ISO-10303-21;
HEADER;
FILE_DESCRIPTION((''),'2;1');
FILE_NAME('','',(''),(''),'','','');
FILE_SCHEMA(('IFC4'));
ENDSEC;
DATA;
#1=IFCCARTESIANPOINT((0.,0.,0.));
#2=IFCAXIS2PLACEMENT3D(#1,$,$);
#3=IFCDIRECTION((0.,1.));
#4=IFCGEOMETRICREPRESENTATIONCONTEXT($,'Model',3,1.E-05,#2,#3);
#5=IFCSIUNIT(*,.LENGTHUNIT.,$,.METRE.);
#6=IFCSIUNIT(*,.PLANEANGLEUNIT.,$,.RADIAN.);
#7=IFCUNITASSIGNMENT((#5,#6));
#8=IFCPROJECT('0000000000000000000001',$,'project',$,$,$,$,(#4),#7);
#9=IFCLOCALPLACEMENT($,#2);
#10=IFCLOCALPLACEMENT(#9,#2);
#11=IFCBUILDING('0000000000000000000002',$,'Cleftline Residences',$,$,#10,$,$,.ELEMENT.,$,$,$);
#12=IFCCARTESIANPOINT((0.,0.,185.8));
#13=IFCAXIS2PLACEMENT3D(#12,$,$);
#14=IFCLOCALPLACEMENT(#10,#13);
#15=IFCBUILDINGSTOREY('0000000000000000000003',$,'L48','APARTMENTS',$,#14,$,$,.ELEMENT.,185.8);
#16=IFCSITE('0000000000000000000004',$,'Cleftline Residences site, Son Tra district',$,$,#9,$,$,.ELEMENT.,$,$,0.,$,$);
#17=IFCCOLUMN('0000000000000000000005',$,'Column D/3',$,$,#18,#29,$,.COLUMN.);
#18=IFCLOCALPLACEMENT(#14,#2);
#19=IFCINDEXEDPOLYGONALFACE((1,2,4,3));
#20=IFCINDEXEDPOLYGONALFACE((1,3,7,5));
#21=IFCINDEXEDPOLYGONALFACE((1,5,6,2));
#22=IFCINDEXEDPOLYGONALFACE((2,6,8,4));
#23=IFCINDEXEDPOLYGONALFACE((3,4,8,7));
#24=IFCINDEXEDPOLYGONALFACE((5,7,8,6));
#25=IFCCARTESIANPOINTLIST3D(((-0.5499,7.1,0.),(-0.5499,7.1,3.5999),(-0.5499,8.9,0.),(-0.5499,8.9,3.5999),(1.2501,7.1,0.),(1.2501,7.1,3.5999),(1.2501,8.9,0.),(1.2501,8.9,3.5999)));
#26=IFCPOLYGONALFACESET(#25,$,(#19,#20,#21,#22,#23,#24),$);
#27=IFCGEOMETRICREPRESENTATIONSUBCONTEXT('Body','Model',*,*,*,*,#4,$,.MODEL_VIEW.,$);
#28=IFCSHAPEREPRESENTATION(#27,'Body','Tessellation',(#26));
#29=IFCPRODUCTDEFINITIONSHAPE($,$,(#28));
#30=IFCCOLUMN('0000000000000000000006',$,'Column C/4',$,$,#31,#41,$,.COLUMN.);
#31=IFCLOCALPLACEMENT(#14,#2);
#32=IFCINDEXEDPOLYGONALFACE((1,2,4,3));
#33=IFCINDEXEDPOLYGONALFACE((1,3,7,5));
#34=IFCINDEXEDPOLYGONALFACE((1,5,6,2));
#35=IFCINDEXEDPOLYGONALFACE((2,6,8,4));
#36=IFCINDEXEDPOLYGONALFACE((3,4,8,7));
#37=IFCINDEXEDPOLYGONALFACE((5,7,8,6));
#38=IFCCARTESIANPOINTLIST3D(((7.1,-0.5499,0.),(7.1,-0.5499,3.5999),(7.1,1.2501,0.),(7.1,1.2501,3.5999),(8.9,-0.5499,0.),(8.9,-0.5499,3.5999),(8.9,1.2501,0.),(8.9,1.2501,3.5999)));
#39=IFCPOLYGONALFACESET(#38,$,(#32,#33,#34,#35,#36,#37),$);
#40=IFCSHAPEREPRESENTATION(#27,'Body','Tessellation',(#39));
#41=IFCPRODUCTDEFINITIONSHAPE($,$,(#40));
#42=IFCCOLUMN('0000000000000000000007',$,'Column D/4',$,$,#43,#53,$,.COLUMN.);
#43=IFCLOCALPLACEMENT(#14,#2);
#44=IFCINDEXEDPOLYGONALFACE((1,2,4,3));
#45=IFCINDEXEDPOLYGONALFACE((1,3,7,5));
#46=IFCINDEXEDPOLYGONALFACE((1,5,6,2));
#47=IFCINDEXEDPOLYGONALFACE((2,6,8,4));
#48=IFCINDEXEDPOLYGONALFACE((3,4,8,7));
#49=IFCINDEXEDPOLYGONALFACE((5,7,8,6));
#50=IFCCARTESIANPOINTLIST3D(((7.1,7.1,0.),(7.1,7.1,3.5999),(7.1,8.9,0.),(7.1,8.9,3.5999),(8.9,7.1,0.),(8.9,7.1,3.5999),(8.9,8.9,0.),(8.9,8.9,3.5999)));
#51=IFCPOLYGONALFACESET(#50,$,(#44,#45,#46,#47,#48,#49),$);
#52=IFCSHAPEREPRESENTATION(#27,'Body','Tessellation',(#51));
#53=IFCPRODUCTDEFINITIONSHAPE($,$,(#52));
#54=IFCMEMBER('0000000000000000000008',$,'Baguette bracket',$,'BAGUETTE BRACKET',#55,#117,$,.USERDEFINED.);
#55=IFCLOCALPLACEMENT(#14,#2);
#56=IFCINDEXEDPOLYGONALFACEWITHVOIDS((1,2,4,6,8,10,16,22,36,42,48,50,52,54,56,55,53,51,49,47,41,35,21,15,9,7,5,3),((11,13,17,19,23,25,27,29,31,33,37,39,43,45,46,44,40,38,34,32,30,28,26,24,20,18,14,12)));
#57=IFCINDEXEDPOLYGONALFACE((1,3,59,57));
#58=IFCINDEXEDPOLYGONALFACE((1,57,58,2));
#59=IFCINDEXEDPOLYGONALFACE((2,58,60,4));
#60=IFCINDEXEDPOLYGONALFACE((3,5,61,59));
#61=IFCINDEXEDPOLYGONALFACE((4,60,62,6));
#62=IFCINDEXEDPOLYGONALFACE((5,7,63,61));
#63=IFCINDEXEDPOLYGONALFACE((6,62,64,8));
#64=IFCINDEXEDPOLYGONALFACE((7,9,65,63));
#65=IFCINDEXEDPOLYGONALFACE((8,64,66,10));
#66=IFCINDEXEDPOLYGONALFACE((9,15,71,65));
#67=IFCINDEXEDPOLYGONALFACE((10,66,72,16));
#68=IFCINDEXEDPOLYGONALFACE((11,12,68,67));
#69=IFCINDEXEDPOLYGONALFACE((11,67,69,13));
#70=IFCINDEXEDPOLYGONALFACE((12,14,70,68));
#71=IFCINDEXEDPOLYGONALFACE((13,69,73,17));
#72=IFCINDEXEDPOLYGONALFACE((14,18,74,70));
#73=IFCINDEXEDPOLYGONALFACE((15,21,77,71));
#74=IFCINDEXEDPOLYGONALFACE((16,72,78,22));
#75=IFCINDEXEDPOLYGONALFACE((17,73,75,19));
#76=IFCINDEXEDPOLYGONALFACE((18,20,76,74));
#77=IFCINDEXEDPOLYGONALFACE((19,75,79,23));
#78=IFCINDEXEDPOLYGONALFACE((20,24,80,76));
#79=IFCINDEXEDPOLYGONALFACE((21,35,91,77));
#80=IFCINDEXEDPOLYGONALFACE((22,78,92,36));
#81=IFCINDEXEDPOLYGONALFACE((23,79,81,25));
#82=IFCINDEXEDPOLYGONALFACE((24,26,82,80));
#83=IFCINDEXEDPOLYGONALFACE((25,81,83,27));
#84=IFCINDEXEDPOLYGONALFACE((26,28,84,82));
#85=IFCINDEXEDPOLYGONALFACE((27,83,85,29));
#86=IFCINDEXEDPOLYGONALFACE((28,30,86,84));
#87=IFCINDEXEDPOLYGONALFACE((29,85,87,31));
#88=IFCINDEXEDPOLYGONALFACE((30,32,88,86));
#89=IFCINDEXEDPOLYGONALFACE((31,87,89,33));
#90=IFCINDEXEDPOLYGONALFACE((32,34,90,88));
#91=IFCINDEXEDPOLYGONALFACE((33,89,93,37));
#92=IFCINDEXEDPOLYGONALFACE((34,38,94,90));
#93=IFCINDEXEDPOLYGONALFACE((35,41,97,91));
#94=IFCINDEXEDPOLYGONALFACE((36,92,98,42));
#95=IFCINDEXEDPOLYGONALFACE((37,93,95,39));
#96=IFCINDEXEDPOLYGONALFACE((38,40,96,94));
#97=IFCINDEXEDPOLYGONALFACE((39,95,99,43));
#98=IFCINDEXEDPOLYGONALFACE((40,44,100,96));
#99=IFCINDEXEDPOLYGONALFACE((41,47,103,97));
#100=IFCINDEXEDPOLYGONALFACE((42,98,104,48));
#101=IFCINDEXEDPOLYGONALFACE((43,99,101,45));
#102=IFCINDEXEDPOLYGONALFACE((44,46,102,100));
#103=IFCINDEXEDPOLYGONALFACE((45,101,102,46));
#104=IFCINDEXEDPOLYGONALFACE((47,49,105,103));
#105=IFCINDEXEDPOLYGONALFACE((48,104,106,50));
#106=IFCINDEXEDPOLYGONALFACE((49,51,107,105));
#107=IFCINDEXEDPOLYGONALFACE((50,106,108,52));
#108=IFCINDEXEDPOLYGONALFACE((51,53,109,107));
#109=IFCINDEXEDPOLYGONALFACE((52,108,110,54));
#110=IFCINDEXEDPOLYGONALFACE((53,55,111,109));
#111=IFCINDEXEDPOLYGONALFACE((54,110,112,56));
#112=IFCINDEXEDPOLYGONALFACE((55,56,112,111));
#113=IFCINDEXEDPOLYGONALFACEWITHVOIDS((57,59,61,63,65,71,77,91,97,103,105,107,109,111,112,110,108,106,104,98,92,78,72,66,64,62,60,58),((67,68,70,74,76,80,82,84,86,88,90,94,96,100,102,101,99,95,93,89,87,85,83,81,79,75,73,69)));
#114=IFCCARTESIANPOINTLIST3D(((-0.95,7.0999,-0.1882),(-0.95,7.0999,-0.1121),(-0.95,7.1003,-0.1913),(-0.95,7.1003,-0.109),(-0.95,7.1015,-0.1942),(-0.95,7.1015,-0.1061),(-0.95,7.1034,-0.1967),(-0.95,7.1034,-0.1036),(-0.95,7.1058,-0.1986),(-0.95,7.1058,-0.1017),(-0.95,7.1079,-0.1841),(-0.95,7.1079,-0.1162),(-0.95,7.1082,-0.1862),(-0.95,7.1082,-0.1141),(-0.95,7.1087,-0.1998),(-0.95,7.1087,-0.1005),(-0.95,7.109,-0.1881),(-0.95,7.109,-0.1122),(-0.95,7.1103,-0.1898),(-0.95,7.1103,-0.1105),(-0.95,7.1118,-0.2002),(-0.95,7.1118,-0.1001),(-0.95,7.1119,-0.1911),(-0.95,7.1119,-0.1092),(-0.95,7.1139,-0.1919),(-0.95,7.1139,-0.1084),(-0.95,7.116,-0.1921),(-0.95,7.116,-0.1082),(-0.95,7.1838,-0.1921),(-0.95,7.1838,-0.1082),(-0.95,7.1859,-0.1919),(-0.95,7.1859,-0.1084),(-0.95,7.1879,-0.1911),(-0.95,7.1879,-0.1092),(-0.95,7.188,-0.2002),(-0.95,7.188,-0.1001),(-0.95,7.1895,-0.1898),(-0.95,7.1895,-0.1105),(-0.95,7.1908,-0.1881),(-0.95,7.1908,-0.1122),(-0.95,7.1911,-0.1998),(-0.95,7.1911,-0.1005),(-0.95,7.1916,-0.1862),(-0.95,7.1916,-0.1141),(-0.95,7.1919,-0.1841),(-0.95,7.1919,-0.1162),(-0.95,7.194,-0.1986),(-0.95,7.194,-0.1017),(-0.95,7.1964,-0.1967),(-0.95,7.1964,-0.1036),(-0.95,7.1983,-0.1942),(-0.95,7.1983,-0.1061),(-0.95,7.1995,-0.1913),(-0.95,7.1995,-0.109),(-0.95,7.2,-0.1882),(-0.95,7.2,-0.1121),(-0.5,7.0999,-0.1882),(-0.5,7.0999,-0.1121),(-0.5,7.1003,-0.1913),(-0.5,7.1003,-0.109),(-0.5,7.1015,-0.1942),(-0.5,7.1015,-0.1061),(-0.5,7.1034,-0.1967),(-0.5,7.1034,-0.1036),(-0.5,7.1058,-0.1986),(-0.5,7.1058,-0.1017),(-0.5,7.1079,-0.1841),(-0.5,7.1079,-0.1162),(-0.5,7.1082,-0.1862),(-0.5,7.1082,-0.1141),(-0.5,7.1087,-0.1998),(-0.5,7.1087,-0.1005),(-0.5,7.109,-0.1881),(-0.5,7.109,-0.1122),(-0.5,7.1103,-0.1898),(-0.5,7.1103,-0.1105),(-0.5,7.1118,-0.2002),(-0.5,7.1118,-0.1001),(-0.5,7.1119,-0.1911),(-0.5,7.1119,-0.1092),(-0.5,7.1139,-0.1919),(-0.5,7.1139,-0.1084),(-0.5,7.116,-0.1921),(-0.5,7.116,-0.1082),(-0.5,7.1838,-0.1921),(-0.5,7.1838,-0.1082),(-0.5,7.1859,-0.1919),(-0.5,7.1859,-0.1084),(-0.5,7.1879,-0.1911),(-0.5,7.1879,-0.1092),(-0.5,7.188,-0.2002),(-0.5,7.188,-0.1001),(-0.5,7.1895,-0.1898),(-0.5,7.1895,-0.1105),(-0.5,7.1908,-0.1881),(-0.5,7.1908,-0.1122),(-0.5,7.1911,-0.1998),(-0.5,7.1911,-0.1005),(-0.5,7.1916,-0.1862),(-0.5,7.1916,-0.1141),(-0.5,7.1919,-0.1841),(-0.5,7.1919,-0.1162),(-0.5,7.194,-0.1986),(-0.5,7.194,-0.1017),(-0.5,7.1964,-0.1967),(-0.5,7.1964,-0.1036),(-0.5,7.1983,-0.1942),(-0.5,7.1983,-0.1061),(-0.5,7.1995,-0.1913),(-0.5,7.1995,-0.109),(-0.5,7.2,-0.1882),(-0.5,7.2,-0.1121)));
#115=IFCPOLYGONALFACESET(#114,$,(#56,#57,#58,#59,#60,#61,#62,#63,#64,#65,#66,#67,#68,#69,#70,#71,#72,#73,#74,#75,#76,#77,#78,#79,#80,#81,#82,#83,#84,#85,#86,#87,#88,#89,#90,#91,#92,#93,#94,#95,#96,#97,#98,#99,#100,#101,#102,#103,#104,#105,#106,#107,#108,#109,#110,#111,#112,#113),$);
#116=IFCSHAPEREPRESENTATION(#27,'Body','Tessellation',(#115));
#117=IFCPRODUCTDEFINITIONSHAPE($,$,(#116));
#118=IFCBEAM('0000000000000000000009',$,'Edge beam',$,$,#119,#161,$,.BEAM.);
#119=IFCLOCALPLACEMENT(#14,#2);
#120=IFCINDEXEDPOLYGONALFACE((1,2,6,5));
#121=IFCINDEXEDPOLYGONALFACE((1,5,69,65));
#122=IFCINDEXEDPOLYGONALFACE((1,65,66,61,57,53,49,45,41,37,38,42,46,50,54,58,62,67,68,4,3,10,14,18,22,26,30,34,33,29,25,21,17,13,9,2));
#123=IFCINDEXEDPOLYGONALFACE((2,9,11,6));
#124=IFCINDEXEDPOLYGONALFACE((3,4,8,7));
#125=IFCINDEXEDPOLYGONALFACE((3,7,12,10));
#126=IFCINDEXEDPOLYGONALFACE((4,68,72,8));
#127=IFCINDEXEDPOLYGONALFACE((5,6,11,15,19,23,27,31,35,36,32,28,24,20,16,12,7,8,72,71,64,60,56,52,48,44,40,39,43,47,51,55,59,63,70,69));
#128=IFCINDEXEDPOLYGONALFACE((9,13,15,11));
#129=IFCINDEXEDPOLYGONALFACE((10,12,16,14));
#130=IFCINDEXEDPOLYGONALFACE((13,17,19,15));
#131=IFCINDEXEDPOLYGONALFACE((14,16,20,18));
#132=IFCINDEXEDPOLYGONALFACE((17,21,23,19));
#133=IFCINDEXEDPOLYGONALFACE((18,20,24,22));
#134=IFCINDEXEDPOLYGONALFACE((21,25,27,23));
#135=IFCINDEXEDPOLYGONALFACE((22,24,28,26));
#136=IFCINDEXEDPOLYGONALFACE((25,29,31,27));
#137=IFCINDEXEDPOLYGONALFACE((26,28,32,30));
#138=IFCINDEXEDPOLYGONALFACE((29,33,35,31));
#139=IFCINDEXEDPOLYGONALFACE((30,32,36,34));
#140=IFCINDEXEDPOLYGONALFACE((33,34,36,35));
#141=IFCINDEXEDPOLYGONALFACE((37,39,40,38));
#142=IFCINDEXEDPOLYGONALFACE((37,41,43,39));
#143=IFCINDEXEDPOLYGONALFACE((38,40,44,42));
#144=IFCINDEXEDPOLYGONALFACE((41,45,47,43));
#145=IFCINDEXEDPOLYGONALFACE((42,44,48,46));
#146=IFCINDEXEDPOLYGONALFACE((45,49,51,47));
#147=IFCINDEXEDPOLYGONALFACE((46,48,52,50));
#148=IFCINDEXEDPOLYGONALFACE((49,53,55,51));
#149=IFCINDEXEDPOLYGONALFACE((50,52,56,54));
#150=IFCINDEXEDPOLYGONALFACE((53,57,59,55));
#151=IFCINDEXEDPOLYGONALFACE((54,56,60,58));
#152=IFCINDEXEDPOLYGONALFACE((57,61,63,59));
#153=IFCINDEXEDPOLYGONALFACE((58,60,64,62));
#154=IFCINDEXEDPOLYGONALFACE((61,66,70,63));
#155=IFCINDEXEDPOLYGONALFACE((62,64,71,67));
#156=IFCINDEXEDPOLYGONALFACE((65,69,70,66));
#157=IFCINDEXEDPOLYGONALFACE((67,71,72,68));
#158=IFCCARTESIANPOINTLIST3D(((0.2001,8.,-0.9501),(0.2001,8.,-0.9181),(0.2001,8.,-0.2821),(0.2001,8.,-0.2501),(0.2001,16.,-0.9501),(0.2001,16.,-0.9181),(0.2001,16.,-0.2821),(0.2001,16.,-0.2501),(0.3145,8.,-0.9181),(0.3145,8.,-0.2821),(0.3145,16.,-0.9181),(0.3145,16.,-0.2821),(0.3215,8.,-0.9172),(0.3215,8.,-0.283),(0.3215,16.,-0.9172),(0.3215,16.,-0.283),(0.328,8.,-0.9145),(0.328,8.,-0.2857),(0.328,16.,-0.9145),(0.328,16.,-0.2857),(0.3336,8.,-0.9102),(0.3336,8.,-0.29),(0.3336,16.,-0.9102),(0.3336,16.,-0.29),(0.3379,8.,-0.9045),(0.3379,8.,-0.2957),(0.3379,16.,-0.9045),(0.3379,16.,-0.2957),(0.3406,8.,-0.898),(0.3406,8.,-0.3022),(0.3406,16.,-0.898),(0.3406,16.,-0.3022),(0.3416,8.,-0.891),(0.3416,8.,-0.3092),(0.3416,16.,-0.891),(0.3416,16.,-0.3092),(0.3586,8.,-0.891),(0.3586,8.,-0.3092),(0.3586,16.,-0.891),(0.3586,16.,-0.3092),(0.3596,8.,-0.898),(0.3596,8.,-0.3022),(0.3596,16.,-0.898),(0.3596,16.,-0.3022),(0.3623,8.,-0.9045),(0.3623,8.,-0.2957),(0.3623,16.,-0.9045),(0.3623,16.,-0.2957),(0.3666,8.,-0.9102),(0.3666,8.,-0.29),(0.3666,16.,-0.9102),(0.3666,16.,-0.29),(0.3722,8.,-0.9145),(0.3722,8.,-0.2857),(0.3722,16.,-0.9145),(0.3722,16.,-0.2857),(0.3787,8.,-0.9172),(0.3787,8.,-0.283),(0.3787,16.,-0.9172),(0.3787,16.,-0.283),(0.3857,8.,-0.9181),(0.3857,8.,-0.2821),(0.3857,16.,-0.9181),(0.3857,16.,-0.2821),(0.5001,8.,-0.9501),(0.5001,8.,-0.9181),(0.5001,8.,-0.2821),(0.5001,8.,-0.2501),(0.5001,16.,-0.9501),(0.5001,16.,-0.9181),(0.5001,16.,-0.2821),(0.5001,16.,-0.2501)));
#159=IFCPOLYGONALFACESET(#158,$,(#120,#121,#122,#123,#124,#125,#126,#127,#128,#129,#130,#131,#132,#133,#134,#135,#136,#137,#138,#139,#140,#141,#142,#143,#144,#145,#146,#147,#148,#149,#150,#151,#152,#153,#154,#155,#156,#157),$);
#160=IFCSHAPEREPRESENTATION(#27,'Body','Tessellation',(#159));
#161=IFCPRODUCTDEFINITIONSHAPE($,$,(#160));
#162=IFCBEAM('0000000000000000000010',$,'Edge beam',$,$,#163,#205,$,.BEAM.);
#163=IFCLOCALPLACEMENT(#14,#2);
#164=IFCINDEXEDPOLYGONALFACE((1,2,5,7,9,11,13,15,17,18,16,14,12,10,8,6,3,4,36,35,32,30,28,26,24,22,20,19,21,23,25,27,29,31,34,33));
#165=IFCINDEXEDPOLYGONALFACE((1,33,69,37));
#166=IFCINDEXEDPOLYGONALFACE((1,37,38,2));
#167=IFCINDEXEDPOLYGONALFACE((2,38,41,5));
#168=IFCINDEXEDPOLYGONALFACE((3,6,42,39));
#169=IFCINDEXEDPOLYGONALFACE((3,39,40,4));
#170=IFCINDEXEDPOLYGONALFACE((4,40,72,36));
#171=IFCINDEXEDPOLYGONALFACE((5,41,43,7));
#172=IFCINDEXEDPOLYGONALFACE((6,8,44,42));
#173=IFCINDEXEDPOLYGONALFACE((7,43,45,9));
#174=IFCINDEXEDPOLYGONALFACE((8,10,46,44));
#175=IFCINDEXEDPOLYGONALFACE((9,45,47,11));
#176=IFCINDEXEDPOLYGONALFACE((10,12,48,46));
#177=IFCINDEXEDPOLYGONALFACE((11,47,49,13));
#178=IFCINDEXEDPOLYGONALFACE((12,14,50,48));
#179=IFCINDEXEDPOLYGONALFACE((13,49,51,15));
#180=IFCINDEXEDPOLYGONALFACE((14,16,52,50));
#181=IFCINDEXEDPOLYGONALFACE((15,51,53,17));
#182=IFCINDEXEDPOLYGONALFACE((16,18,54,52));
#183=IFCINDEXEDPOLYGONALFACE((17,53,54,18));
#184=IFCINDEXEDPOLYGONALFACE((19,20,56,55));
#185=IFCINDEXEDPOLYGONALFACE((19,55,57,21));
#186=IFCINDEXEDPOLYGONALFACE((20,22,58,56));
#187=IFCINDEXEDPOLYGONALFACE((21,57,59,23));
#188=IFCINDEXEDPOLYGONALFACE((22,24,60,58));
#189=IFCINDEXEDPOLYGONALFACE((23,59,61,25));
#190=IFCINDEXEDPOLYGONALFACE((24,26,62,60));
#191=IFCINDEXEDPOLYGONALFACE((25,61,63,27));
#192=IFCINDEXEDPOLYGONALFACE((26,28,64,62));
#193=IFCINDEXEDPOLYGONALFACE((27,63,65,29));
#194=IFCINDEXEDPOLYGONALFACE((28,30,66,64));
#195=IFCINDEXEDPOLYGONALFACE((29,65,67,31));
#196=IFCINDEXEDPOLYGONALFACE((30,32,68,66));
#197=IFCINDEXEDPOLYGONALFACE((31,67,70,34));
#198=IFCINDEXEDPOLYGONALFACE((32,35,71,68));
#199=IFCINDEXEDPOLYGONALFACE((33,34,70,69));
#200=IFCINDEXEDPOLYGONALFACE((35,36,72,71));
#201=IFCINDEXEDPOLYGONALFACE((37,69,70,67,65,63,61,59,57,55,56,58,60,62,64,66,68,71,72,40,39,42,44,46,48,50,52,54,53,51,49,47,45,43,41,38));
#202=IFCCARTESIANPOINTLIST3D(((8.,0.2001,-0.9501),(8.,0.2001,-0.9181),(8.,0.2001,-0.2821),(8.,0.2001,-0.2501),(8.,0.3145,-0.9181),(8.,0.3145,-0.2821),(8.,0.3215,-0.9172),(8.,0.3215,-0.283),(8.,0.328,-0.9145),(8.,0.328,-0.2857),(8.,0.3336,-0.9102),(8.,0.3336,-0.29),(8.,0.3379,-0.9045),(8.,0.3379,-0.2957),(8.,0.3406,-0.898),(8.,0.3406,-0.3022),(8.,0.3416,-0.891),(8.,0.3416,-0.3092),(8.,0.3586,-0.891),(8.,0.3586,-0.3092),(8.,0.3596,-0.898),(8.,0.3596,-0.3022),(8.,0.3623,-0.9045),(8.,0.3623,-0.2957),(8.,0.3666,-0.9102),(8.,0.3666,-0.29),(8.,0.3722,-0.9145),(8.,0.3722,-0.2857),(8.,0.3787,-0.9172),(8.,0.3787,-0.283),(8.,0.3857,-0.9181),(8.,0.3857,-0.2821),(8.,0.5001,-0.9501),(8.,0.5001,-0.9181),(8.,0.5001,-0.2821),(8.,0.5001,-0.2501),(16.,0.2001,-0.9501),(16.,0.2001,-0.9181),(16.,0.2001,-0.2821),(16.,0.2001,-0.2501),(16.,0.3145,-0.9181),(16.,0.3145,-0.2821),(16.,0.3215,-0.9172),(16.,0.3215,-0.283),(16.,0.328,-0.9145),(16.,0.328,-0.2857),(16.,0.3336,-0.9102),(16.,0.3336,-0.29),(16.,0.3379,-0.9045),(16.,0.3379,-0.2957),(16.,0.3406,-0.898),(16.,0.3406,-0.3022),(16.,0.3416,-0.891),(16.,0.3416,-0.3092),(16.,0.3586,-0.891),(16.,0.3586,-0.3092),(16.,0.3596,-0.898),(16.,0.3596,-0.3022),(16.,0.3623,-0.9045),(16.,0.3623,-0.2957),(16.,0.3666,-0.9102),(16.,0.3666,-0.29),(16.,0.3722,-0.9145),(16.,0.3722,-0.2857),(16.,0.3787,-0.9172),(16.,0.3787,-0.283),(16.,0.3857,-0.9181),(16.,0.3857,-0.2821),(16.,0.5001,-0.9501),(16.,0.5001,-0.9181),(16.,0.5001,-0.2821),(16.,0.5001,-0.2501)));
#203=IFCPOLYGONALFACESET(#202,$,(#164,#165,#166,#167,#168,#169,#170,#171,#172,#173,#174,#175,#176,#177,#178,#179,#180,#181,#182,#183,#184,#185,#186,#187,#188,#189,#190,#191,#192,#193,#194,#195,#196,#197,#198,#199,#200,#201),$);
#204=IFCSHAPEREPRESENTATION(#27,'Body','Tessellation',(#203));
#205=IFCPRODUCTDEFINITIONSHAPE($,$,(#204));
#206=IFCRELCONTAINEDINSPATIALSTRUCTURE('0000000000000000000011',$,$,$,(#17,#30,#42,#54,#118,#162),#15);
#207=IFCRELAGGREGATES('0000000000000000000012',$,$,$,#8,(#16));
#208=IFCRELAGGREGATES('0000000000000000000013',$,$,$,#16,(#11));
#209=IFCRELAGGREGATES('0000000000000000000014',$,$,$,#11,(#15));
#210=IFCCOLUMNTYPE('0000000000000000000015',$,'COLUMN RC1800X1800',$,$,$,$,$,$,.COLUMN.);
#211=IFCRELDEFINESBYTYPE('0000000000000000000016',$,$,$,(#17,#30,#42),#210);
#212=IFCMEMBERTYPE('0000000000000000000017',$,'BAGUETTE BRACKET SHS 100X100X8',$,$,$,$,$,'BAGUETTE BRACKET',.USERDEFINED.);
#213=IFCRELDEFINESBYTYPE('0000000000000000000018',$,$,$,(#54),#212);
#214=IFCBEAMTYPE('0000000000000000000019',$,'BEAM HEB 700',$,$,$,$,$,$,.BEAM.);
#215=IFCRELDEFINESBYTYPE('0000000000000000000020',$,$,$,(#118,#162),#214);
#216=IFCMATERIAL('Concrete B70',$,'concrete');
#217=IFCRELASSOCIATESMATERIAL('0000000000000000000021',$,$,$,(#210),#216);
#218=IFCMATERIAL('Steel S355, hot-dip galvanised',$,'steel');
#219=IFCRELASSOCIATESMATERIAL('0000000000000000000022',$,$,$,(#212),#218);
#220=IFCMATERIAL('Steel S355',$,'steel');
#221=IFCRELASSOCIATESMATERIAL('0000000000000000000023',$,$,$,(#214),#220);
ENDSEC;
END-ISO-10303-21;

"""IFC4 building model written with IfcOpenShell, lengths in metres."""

from ifc_helpers import new_model, si_unit, direction, frame, origin, origin_2d, place, context, subcontext, project, spatial, rectangle, hollow_rectangle, i_section, extrude, material, material_profile, profile_set, type_object, element, save


model = new_model("IFC4")

# Units and contexts
model_context = context("Model", 3, precision=1e-05, world=origin(), true_north=direction((0.0, 1.0)))
body_context = subcontext(model_context, "Body", "Model", "MODEL_VIEW")
ifc_project = project(units=[si_unit("LENGTHUNIT", "METRE"), si_unit("PLANEANGLEUNIT", "RADIAN")], contexts=[model_context])

# Site, building, storey
site_placement = place(None, origin())
site = spatial("IfcSite", under=ifc_project, at=site_placement, Name="Cleftline Residences site, Son Tra district", CompositionType="ELEMENT", RefElevation=0.0)
building_placement = place(site_placement, origin())
building = spatial("IfcBuilding", under=site, at=building_placement, Name="Cleftline Residences", CompositionType="ELEMENT")
storey_placement = place(building_placement, frame((0.0, 0.0, 185.8)))
storey = spatial("IfcBuildingStorey", under=building, at=storey_placement, Name="L48", Description="APARTMENTS", CompositionType="ELEMENT", Elevation=185.8)

# Columns
ifc_material_1 = material(Name="Concrete B70", Category="concrete")
ifc_material_profile_1 = material_profile(ifc_material_1, rectangle(XDim=1.8, YDim=1.8, at=origin_2d()))
ifc_profile_set_1 = profile_set([ifc_material_profile_1], Name="Concrete B70")
column_type = type_object("IfcColumnType", Name="COLUMN RC1800X1800", PredefinedType="COLUMN", material=ifc_profile_set_1)
for number, where, z_axis, x_axis, name in (
    (1, (0.3501, 8.0, 0.0), (0.0, 0.0, 1.0), (1.0, 0.0, 0.0), "Column D/3"),
    (2, (8.0, 0.3501, 0.0), (0.0, 0.0, 1.0), (1.0, 0.0, 0.0), "Column C/4"),
    (3, (8.0, 8.0, 0.0), (0.0, 0.0, 1.0), (1.0, 0.0, 0.0), "Column D/4"),
):
    element("IfcColumn", number, at=place(storey_placement, frame(where, z_axis=z_axis, x_axis=x_axis)), inside=storey, type_object=column_type, Name=name, PredefinedType="COLUMN", context=body_context, shape_type="SweptSolid", body=[
        extrude(rectangle(XDim=1.8, YDim=1.8, at=origin_2d()), origin(), (0.0, 0.0, 1.0), 3.5999),
    ])

# Member
ifc_material_2 = material(Name="Steel S355, hot-dip galvanised", Category="steel")
ifc_material_profile_2 = material_profile(ifc_material_2, hollow_rectangle(XDim=0.1001, YDim=0.1001, WallThickness=0.0081, InnerFilletRadius=0.0081, OuterFilletRadius=0.012, at=origin_2d()))
ifc_profile_set_2 = profile_set([ifc_material_profile_2], Name="Steel S355, hot-dip galvanised")
member_type_1 = type_object("IfcMemberType", Name="BAGUETTE BRACKET SHS 100X100X8", ElementType="BAGUETTE BRACKET", PredefinedType="USERDEFINED", material=ifc_profile_set_2)
member_placement = place(storey_placement, frame((-0.5, 7.1499, -0.1501), z_axis=(-1.0, 0.0, 0.0), x_axis=(0.0, -1.0, 0.0)))
element("IfcMember", 4, at=member_placement, inside=storey, type_object=member_type_1, Name="Baguette bracket", ObjectType="BAGUETTE BRACKET", PredefinedType="USERDEFINED", context=body_context, shape_type="SweptSolid", body=[
    extrude(hollow_rectangle(XDim=0.1001, YDim=0.1001, WallThickness=0.0081, InnerFilletRadius=0.0081, OuterFilletRadius=0.012, at=origin_2d()), origin(), (0.0, 0.0, 1.0), 0.45),
])

# Beams
ifc_material_3 = material(Name="Steel S355", Category="steel")
ifc_material_profile_3 = material_profile(ifc_material_3, i_section(OverallWidth=0.3, OverallDepth=0.7, WebThickness=0.0171, FlangeThickness=0.032, FilletRadius=0.0271, at=origin_2d()))
ifc_profile_set_3 = profile_set([ifc_material_profile_3], Name="Steel S355")
beam_type = type_object("IfcBeamType", Name="BEAM HEB 700", PredefinedType="BEAM", material=ifc_profile_set_3)
for number, where, z_axis, x_axis, name in (
    (5, (0.3501, 8.0, -0.6001), (0.0, 1.0, 0.0), (-1.0, 0.0, 0.0), "Edge beam"),
    (6, (8.0, 0.3501, -0.6001), (1.0, 0.0, 0.0), (0.0, 1.0, 0.0), "Edge beam"),
):
    element("IfcBeam", number, at=place(storey_placement, frame(where, z_axis=z_axis, x_axis=x_axis)), inside=storey, type_object=beam_type, Name=name, PredefinedType="BEAM", context=body_context, shape_type="SweptSolid", body=[
        extrude(i_section(OverallWidth=0.3, OverallDepth=0.7, WebThickness=0.0171, FlangeThickness=0.032, FilletRadius=0.0271, at=origin_2d()), origin(), (0.0, 0.0, 1.0), 8.0),
    ])

save(model, "model.ifc")
